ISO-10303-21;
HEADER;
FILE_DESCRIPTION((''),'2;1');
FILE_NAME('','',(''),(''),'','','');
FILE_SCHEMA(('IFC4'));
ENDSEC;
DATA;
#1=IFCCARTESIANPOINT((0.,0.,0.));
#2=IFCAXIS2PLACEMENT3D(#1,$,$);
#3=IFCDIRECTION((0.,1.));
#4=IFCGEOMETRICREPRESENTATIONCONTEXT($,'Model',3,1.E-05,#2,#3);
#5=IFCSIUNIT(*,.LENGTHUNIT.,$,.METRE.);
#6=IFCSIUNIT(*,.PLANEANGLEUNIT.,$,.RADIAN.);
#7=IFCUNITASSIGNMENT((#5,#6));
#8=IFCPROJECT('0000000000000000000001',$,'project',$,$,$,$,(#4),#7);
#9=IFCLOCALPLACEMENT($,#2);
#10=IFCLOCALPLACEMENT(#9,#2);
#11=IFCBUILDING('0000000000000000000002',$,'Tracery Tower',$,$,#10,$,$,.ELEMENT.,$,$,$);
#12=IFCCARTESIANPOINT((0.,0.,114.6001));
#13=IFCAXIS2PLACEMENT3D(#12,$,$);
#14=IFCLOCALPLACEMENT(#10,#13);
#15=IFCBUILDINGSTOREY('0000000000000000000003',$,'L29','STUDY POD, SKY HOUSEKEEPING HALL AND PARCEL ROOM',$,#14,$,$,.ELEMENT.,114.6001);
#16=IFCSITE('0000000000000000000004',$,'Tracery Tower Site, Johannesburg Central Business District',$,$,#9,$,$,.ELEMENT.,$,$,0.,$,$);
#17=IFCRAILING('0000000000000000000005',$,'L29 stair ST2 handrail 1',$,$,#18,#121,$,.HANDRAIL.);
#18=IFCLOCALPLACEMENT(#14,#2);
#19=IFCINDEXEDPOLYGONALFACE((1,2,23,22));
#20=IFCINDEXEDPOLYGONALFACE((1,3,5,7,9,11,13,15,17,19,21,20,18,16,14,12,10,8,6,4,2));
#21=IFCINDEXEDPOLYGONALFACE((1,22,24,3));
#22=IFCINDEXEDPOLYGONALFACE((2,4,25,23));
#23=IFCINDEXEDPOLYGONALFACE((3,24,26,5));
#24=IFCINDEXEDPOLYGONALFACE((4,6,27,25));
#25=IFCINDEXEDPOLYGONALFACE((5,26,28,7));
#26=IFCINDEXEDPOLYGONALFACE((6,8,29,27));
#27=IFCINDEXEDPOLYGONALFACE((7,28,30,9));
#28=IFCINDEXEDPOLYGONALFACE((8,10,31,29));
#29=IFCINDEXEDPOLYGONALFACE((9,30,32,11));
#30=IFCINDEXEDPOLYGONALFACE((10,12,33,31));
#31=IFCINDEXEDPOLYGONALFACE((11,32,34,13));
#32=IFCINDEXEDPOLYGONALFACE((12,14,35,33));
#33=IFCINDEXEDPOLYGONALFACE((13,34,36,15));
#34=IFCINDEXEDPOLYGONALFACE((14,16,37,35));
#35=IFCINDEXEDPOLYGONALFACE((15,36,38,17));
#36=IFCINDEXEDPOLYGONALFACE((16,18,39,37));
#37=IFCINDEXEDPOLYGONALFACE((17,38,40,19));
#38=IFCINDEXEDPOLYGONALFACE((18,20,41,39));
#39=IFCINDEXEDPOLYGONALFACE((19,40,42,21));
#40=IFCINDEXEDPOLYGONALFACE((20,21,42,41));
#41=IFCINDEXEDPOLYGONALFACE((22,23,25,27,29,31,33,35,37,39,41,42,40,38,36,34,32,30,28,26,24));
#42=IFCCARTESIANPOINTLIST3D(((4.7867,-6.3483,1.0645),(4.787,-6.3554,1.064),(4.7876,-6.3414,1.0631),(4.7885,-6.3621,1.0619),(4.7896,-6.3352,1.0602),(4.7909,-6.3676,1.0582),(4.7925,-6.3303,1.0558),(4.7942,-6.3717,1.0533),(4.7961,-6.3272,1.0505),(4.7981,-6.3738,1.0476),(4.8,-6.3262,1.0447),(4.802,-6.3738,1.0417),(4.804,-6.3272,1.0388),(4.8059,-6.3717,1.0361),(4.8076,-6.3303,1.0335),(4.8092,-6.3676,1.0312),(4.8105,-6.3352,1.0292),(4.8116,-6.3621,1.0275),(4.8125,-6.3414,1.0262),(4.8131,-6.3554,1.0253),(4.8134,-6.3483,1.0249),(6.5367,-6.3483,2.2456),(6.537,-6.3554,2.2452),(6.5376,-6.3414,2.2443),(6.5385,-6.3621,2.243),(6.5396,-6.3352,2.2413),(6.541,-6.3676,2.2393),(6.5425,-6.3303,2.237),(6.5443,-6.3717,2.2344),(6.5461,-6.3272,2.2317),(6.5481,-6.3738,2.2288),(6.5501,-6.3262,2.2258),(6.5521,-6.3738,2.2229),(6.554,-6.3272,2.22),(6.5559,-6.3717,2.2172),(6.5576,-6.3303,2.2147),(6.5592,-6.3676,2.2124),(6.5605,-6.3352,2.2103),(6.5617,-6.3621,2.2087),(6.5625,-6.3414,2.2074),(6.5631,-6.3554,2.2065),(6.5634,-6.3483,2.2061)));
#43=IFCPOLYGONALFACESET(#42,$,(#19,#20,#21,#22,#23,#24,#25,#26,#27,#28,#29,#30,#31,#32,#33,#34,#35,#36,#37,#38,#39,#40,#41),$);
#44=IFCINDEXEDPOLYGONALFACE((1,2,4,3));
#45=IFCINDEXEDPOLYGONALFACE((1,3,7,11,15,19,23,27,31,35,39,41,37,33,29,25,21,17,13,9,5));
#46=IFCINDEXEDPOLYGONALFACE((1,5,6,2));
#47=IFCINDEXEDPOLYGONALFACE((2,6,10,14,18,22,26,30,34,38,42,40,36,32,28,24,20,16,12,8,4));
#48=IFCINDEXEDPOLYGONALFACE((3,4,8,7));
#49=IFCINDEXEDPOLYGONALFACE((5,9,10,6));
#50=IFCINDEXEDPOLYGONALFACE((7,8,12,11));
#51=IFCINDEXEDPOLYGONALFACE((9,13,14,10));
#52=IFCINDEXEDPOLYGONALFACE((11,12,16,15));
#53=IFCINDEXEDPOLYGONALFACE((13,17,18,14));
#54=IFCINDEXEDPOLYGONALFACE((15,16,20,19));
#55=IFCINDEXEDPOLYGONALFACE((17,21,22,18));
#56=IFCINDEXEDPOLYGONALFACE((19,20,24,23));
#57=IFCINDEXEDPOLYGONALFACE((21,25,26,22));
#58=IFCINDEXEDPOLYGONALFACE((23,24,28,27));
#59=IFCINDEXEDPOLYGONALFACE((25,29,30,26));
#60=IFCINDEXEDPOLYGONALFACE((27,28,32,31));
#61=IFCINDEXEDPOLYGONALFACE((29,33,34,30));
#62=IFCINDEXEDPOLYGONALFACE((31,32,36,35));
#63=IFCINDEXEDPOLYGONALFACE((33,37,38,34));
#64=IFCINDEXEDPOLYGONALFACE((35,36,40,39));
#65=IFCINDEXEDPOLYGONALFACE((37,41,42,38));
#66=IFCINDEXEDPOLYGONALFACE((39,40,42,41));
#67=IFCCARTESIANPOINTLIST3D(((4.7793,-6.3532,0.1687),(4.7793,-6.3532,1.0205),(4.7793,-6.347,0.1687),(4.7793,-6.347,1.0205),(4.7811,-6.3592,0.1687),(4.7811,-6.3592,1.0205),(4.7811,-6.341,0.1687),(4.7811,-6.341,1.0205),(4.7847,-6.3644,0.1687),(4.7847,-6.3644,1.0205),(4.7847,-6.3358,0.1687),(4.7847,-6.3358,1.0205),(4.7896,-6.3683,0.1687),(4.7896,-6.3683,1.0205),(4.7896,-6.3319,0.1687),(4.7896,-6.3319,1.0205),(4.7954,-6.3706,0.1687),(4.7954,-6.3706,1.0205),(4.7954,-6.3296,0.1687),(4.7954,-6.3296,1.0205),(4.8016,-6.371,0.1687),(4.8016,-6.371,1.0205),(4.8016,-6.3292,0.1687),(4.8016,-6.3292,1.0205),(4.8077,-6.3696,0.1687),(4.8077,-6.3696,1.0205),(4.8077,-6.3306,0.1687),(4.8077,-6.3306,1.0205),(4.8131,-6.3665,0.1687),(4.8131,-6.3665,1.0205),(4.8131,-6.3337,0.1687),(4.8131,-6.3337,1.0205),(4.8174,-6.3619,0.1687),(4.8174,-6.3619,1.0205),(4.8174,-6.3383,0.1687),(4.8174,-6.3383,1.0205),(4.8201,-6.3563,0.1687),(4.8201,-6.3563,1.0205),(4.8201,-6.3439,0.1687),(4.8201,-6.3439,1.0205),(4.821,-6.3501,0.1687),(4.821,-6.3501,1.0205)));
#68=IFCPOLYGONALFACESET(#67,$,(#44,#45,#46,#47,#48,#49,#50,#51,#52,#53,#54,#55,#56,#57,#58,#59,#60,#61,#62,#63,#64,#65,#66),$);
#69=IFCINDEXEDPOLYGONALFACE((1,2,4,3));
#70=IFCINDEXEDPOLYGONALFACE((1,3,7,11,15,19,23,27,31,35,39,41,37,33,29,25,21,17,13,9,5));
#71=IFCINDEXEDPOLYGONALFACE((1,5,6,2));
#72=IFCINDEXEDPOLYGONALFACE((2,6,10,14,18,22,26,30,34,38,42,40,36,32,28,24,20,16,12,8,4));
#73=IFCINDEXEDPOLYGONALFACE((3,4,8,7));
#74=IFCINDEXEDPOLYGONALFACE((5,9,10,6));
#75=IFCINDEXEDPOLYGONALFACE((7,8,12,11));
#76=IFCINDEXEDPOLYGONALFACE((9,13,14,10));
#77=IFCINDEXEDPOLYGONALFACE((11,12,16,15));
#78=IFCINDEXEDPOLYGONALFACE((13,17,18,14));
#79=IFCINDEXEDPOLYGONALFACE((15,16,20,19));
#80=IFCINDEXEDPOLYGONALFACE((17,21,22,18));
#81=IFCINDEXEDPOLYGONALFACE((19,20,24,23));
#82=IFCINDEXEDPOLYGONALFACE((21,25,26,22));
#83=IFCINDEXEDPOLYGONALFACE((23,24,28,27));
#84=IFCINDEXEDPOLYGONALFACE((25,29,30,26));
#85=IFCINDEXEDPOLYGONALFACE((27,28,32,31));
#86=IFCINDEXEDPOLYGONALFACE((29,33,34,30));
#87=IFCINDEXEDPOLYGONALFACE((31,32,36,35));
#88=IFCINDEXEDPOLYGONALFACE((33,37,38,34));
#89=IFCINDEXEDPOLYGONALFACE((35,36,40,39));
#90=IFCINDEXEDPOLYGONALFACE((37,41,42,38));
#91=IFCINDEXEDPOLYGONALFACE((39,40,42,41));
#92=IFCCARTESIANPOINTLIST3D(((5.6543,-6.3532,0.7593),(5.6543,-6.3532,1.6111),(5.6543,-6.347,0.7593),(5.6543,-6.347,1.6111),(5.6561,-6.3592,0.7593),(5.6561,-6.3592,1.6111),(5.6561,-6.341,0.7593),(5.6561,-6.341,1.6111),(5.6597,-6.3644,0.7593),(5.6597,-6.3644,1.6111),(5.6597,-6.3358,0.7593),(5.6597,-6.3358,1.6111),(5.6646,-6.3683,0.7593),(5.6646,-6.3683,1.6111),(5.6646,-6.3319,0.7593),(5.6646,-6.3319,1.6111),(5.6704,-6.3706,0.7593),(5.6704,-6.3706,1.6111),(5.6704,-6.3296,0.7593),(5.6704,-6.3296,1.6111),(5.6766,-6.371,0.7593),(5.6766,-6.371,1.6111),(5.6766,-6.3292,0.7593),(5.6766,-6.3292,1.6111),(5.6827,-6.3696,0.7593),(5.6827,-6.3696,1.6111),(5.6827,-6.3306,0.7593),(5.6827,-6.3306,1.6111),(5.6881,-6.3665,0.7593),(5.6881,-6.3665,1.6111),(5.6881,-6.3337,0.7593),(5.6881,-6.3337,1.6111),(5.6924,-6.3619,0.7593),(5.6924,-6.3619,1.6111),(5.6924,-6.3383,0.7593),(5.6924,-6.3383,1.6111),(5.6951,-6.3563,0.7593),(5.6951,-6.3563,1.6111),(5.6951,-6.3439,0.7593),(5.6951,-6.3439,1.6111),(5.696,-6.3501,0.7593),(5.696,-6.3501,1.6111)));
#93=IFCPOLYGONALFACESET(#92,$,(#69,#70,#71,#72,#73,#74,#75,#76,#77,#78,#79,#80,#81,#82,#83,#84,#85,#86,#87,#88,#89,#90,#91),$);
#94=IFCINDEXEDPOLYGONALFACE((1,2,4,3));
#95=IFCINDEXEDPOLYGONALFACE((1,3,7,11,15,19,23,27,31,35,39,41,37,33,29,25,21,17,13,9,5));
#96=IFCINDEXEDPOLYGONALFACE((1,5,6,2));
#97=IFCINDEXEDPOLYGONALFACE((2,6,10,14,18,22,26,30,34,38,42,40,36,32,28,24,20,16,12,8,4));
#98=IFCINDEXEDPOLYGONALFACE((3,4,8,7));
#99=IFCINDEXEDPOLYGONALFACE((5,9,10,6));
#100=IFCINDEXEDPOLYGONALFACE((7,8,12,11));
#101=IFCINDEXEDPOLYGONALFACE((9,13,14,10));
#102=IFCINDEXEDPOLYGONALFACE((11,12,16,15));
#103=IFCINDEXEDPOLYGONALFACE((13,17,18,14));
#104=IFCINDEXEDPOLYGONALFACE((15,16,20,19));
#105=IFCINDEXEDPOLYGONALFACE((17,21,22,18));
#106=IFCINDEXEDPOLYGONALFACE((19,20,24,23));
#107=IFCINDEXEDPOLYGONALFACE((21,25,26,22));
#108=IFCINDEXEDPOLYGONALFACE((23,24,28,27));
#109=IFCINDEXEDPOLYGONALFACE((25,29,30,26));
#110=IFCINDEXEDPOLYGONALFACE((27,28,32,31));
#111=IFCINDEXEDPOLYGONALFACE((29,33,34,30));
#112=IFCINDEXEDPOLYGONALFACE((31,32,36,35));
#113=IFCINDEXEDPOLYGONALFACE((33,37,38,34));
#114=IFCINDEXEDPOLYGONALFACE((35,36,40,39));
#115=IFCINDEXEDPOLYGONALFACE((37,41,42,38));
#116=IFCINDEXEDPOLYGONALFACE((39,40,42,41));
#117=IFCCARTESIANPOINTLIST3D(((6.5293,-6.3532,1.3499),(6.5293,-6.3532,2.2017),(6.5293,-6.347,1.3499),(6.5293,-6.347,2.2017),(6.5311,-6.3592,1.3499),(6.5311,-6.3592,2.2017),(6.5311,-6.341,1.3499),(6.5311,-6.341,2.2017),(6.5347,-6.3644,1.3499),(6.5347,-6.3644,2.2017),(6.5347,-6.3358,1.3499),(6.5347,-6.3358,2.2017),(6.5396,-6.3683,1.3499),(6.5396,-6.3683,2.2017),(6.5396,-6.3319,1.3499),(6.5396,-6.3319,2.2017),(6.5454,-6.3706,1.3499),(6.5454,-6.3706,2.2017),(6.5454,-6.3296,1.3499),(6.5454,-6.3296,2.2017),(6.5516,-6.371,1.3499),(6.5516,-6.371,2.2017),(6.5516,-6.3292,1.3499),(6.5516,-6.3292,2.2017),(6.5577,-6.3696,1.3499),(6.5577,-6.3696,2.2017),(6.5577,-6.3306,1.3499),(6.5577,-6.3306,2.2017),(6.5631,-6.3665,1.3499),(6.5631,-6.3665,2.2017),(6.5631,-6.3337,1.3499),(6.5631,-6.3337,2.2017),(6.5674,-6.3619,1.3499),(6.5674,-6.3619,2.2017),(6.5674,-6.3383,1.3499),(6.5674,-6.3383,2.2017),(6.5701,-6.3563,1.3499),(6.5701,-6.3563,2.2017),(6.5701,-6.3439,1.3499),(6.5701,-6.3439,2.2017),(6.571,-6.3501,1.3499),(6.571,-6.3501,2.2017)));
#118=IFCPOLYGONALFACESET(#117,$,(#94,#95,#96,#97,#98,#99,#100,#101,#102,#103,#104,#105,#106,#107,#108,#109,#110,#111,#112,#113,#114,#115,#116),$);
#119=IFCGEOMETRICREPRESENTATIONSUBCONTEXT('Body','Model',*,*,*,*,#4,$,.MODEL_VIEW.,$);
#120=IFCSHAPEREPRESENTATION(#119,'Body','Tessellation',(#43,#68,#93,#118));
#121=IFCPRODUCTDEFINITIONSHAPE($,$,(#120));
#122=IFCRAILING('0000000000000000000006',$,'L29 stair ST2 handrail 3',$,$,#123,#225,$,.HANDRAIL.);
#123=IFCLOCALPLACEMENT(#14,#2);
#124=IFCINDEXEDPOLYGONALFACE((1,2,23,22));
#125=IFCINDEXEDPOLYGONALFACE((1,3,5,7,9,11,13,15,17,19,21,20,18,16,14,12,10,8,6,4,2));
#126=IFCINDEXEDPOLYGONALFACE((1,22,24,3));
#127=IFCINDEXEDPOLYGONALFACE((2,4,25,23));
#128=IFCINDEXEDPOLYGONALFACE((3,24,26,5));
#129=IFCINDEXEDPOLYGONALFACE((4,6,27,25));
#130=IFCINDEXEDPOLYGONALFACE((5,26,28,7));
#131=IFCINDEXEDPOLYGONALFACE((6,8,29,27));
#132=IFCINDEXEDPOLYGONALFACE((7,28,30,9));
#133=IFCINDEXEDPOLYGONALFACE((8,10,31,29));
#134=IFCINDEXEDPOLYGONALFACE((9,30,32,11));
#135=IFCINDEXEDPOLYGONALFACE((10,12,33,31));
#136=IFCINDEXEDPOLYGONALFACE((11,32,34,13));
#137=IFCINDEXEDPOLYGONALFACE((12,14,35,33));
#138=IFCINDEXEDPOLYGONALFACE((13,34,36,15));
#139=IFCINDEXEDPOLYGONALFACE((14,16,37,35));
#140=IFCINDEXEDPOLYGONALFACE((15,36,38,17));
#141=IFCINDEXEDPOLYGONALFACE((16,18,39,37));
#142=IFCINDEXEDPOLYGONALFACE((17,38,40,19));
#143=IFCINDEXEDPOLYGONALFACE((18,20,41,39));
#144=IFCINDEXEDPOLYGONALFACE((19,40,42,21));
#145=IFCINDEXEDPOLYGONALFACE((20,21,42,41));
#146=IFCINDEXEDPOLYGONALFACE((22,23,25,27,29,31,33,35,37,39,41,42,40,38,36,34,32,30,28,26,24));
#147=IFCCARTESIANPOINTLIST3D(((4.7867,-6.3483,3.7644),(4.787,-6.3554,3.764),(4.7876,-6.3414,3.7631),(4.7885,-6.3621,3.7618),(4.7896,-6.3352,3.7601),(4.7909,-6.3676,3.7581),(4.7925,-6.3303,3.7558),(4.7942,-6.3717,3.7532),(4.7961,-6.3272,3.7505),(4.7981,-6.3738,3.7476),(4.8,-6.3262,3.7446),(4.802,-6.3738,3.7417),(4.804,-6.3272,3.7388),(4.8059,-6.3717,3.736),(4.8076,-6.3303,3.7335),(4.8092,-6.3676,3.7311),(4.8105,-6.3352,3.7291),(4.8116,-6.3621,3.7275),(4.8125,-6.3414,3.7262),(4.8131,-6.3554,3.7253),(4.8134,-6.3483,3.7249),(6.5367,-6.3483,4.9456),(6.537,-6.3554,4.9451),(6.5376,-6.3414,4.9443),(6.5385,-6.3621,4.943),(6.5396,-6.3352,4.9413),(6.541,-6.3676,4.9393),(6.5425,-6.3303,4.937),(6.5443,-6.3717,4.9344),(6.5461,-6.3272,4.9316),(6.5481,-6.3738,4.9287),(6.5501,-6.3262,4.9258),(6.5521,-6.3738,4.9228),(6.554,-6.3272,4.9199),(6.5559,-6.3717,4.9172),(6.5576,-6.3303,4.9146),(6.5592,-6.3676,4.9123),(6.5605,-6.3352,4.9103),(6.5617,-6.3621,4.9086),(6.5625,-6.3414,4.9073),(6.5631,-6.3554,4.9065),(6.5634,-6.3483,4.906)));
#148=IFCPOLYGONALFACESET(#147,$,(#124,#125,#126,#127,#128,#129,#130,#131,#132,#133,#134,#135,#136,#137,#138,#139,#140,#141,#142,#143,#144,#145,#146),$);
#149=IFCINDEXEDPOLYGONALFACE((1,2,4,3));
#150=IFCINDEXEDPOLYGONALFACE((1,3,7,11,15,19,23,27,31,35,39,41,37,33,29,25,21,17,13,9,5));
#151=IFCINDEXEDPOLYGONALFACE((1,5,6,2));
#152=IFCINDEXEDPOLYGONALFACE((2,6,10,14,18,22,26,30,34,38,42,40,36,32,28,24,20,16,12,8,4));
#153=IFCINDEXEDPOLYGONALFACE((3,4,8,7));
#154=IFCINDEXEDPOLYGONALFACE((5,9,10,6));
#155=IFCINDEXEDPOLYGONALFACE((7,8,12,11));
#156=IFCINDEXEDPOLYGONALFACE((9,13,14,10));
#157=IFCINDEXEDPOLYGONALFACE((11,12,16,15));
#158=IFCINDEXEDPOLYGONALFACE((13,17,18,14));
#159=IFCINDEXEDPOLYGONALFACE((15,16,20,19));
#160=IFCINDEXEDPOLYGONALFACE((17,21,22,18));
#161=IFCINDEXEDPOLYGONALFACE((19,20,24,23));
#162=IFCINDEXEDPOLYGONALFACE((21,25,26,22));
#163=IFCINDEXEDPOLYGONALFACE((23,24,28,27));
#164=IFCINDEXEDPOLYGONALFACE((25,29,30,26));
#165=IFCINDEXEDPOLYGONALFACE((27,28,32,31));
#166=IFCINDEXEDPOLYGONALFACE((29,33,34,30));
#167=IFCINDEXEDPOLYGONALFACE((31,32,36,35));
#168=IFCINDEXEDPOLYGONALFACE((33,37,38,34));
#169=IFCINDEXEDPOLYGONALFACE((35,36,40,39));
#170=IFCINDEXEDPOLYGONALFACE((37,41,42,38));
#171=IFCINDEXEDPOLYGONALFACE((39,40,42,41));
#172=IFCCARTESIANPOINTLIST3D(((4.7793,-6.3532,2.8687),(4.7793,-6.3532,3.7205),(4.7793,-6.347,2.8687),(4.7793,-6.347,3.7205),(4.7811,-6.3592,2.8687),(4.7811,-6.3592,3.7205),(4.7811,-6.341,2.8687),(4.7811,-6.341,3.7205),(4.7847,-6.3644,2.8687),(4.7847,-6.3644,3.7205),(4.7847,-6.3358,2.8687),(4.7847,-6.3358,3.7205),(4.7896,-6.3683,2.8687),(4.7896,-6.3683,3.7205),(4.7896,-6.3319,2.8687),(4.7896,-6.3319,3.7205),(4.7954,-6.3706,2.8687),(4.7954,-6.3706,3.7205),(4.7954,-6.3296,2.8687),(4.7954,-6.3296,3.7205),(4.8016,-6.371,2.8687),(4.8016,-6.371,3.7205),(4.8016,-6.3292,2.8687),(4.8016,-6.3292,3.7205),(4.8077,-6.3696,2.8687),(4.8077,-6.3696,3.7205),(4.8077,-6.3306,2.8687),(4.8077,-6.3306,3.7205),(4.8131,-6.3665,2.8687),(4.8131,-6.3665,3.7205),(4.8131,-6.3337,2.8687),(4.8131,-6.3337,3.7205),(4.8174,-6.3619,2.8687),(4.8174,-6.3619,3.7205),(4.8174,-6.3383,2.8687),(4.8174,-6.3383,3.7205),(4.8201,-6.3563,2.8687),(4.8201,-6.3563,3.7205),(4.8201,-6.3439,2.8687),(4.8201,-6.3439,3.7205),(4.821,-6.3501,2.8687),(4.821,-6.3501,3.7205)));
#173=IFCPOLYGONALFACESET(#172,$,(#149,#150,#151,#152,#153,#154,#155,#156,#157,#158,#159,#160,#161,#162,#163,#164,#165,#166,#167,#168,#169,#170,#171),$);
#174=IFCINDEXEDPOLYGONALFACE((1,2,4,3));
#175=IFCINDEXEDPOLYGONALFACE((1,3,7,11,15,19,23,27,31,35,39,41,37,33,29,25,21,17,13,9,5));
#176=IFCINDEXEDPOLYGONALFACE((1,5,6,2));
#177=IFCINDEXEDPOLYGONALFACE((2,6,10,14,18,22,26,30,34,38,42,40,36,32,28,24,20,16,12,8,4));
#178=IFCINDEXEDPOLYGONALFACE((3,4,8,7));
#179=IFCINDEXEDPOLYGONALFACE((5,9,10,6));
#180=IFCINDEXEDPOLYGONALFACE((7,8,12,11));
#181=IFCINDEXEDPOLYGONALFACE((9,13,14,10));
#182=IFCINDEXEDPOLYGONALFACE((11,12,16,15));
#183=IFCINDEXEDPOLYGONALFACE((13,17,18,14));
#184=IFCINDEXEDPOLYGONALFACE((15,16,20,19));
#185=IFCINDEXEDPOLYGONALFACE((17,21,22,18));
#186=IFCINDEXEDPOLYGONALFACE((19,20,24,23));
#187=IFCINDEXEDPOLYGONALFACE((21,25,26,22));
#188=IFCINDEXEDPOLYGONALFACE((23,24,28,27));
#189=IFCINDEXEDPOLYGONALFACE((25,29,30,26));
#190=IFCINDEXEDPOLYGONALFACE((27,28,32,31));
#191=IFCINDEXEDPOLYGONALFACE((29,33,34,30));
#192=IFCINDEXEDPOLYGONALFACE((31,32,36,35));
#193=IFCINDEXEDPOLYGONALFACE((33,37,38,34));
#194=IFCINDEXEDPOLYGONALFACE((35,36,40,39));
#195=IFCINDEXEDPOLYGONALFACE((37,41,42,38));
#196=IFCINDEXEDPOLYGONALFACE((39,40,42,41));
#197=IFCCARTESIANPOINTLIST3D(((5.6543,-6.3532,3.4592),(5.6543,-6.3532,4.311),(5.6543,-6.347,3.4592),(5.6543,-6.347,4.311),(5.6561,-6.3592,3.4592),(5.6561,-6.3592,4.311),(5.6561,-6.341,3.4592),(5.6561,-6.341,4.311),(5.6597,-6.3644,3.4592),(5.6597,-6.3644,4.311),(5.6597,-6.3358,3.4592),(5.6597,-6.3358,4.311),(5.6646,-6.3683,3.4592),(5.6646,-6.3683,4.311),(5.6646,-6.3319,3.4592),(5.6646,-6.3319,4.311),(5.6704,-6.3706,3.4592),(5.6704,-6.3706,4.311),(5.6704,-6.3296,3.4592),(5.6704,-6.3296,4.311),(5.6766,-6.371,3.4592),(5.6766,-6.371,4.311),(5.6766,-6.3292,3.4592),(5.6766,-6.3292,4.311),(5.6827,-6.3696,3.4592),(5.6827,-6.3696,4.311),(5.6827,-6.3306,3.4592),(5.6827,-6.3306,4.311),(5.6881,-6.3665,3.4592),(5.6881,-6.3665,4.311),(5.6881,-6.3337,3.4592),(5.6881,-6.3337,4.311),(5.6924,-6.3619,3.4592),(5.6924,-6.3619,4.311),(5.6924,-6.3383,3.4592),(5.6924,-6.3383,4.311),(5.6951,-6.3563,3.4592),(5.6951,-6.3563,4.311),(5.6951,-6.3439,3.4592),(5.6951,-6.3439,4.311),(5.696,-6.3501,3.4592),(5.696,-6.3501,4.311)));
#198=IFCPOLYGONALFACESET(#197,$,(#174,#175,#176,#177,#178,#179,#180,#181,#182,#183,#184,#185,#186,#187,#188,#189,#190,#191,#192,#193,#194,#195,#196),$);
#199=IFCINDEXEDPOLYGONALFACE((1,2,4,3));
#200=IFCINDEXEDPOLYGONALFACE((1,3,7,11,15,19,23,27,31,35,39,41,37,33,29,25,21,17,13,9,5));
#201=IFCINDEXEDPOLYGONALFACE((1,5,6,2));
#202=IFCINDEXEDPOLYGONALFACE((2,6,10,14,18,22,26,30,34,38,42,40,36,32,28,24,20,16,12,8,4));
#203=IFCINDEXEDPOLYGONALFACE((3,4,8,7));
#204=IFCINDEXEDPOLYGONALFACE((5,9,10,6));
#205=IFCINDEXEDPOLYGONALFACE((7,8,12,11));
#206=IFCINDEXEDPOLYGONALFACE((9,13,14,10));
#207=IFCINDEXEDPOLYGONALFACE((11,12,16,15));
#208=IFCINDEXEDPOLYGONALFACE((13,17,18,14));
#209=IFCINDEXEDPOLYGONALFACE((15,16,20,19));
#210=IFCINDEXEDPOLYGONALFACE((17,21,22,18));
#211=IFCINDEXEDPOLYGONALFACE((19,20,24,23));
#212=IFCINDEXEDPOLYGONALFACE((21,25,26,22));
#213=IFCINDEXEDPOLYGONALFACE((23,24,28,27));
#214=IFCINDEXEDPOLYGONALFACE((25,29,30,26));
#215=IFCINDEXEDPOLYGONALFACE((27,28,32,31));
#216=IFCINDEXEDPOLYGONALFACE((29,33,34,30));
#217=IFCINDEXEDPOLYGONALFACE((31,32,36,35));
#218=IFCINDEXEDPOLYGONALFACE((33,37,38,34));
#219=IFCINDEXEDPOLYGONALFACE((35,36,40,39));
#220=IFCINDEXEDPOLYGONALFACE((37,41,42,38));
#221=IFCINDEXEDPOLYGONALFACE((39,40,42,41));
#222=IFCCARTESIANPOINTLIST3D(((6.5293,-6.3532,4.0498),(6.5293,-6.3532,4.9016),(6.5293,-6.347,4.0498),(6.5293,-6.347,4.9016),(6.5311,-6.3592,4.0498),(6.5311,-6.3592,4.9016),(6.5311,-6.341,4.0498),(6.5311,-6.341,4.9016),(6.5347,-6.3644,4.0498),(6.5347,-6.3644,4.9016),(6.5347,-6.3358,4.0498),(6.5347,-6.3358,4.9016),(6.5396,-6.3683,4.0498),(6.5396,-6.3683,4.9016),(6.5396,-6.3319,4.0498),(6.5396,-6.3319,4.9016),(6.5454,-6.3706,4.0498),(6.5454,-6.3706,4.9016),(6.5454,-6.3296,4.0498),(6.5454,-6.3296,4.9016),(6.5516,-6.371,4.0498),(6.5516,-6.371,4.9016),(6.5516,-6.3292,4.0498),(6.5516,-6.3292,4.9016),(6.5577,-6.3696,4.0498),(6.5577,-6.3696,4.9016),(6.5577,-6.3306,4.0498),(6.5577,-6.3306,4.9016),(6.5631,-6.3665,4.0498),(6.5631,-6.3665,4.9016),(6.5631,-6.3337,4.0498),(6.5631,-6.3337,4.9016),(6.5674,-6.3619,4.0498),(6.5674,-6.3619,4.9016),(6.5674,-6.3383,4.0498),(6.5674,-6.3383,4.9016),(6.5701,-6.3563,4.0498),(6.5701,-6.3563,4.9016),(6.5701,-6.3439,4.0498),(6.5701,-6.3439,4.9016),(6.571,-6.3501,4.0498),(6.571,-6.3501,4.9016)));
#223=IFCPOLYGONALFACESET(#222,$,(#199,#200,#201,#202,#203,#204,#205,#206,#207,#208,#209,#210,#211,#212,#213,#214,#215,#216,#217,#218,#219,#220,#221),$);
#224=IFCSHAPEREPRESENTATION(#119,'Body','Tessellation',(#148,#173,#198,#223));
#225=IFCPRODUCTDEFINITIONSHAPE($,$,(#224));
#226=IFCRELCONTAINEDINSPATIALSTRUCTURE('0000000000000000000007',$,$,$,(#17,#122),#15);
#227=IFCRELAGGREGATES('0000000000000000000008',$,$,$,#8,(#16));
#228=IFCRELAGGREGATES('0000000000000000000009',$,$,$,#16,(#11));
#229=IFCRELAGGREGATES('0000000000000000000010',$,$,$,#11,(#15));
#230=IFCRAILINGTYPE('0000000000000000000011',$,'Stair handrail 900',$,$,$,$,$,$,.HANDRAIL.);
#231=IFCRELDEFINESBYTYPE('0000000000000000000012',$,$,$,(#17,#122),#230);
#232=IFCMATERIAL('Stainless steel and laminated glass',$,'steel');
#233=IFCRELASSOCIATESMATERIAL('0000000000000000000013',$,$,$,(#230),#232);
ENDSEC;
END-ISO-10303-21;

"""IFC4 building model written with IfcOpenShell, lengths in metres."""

from ifc_helpers import new_model, si_unit, direction, frame, origin, origin_2d, place, context, subcontext, project, spatial, circle, extrude, material, type_object, element, save


model = new_model("IFC4")

# Units and contexts
model_context = context("Model", 3, precision=1e-05, world=origin(), true_north=direction((0.0, 1.0)))
body_context = subcontext(model_context, "Body", "Model", "MODEL_VIEW")
ifc_project = project(units=[si_unit("LENGTHUNIT", "METRE"), si_unit("PLANEANGLEUNIT", "RADIAN")], contexts=[model_context])

# Site, building, storey
site_placement = place(None, origin())
site = spatial("IfcSite", under=ifc_project, at=site_placement, Name="Tracery Tower Site, Johannesburg Central Business District", CompositionType="ELEMENT", RefElevation=0.0)
building_placement = place(site_placement, origin())
building = spatial("IfcBuilding", under=site, at=building_placement, Name="Tracery Tower", CompositionType="ELEMENT")
storey_placement = place(building_placement, frame((0.0, 0.0, 114.6001)))
storey = spatial("IfcBuildingStorey", under=building, at=storey_placement, Name="L29", Description="STUDY POD, SKY HOUSEKEEPING HALL AND PARCEL ROOM", CompositionType="ELEMENT", Elevation=114.6001)

# Railings
ifc_material_1 = material(Name="Stainless steel and laminated glass", Category="steel")
railing_type = type_object("IfcRailingType", Name="Stair handrail 900", PredefinedType="HANDRAIL", material=ifc_material_1)
for number, where, name in (
    (1, (4.8, -6.3501, 0.1687), "L29 stair ST2 handrail 1"),
    (2, (4.8, -6.3501, 2.8687), "L29 stair ST2 handrail 3"),
):
    element("IfcRailing", number, at=place(storey_placement, frame(where)), inside=storey, type_object=railing_type, Name=name, PredefinedType="HANDRAIL", context=body_context, shape_type="SweptSolid", body=[
        extrude(circle(Radius=0.0239, at=origin_2d()), frame((0.0, 0.0, 0.876), z_axis=(0.82887, 0.0, 0.559441), x_axis=(0.0, 1.0, 0.0)), (0.0, 0.0, 1.0), 2.1113),
        extrude(circle(Radius=0.021, at=origin_2d()), origin(), (0.0, 0.0, 1.0), 0.8518),
        extrude(circle(Radius=0.021, at=origin_2d()), frame((0.875, 0.0, 0.5906)), (0.0, 0.0, 1.0), 0.8518),
        extrude(circle(Radius=0.021, at=origin_2d()), frame((1.75, 0.0, 1.1812)), (0.0, 0.0, 1.0), 0.8518),
    ])

save(model, "model.ifc")
